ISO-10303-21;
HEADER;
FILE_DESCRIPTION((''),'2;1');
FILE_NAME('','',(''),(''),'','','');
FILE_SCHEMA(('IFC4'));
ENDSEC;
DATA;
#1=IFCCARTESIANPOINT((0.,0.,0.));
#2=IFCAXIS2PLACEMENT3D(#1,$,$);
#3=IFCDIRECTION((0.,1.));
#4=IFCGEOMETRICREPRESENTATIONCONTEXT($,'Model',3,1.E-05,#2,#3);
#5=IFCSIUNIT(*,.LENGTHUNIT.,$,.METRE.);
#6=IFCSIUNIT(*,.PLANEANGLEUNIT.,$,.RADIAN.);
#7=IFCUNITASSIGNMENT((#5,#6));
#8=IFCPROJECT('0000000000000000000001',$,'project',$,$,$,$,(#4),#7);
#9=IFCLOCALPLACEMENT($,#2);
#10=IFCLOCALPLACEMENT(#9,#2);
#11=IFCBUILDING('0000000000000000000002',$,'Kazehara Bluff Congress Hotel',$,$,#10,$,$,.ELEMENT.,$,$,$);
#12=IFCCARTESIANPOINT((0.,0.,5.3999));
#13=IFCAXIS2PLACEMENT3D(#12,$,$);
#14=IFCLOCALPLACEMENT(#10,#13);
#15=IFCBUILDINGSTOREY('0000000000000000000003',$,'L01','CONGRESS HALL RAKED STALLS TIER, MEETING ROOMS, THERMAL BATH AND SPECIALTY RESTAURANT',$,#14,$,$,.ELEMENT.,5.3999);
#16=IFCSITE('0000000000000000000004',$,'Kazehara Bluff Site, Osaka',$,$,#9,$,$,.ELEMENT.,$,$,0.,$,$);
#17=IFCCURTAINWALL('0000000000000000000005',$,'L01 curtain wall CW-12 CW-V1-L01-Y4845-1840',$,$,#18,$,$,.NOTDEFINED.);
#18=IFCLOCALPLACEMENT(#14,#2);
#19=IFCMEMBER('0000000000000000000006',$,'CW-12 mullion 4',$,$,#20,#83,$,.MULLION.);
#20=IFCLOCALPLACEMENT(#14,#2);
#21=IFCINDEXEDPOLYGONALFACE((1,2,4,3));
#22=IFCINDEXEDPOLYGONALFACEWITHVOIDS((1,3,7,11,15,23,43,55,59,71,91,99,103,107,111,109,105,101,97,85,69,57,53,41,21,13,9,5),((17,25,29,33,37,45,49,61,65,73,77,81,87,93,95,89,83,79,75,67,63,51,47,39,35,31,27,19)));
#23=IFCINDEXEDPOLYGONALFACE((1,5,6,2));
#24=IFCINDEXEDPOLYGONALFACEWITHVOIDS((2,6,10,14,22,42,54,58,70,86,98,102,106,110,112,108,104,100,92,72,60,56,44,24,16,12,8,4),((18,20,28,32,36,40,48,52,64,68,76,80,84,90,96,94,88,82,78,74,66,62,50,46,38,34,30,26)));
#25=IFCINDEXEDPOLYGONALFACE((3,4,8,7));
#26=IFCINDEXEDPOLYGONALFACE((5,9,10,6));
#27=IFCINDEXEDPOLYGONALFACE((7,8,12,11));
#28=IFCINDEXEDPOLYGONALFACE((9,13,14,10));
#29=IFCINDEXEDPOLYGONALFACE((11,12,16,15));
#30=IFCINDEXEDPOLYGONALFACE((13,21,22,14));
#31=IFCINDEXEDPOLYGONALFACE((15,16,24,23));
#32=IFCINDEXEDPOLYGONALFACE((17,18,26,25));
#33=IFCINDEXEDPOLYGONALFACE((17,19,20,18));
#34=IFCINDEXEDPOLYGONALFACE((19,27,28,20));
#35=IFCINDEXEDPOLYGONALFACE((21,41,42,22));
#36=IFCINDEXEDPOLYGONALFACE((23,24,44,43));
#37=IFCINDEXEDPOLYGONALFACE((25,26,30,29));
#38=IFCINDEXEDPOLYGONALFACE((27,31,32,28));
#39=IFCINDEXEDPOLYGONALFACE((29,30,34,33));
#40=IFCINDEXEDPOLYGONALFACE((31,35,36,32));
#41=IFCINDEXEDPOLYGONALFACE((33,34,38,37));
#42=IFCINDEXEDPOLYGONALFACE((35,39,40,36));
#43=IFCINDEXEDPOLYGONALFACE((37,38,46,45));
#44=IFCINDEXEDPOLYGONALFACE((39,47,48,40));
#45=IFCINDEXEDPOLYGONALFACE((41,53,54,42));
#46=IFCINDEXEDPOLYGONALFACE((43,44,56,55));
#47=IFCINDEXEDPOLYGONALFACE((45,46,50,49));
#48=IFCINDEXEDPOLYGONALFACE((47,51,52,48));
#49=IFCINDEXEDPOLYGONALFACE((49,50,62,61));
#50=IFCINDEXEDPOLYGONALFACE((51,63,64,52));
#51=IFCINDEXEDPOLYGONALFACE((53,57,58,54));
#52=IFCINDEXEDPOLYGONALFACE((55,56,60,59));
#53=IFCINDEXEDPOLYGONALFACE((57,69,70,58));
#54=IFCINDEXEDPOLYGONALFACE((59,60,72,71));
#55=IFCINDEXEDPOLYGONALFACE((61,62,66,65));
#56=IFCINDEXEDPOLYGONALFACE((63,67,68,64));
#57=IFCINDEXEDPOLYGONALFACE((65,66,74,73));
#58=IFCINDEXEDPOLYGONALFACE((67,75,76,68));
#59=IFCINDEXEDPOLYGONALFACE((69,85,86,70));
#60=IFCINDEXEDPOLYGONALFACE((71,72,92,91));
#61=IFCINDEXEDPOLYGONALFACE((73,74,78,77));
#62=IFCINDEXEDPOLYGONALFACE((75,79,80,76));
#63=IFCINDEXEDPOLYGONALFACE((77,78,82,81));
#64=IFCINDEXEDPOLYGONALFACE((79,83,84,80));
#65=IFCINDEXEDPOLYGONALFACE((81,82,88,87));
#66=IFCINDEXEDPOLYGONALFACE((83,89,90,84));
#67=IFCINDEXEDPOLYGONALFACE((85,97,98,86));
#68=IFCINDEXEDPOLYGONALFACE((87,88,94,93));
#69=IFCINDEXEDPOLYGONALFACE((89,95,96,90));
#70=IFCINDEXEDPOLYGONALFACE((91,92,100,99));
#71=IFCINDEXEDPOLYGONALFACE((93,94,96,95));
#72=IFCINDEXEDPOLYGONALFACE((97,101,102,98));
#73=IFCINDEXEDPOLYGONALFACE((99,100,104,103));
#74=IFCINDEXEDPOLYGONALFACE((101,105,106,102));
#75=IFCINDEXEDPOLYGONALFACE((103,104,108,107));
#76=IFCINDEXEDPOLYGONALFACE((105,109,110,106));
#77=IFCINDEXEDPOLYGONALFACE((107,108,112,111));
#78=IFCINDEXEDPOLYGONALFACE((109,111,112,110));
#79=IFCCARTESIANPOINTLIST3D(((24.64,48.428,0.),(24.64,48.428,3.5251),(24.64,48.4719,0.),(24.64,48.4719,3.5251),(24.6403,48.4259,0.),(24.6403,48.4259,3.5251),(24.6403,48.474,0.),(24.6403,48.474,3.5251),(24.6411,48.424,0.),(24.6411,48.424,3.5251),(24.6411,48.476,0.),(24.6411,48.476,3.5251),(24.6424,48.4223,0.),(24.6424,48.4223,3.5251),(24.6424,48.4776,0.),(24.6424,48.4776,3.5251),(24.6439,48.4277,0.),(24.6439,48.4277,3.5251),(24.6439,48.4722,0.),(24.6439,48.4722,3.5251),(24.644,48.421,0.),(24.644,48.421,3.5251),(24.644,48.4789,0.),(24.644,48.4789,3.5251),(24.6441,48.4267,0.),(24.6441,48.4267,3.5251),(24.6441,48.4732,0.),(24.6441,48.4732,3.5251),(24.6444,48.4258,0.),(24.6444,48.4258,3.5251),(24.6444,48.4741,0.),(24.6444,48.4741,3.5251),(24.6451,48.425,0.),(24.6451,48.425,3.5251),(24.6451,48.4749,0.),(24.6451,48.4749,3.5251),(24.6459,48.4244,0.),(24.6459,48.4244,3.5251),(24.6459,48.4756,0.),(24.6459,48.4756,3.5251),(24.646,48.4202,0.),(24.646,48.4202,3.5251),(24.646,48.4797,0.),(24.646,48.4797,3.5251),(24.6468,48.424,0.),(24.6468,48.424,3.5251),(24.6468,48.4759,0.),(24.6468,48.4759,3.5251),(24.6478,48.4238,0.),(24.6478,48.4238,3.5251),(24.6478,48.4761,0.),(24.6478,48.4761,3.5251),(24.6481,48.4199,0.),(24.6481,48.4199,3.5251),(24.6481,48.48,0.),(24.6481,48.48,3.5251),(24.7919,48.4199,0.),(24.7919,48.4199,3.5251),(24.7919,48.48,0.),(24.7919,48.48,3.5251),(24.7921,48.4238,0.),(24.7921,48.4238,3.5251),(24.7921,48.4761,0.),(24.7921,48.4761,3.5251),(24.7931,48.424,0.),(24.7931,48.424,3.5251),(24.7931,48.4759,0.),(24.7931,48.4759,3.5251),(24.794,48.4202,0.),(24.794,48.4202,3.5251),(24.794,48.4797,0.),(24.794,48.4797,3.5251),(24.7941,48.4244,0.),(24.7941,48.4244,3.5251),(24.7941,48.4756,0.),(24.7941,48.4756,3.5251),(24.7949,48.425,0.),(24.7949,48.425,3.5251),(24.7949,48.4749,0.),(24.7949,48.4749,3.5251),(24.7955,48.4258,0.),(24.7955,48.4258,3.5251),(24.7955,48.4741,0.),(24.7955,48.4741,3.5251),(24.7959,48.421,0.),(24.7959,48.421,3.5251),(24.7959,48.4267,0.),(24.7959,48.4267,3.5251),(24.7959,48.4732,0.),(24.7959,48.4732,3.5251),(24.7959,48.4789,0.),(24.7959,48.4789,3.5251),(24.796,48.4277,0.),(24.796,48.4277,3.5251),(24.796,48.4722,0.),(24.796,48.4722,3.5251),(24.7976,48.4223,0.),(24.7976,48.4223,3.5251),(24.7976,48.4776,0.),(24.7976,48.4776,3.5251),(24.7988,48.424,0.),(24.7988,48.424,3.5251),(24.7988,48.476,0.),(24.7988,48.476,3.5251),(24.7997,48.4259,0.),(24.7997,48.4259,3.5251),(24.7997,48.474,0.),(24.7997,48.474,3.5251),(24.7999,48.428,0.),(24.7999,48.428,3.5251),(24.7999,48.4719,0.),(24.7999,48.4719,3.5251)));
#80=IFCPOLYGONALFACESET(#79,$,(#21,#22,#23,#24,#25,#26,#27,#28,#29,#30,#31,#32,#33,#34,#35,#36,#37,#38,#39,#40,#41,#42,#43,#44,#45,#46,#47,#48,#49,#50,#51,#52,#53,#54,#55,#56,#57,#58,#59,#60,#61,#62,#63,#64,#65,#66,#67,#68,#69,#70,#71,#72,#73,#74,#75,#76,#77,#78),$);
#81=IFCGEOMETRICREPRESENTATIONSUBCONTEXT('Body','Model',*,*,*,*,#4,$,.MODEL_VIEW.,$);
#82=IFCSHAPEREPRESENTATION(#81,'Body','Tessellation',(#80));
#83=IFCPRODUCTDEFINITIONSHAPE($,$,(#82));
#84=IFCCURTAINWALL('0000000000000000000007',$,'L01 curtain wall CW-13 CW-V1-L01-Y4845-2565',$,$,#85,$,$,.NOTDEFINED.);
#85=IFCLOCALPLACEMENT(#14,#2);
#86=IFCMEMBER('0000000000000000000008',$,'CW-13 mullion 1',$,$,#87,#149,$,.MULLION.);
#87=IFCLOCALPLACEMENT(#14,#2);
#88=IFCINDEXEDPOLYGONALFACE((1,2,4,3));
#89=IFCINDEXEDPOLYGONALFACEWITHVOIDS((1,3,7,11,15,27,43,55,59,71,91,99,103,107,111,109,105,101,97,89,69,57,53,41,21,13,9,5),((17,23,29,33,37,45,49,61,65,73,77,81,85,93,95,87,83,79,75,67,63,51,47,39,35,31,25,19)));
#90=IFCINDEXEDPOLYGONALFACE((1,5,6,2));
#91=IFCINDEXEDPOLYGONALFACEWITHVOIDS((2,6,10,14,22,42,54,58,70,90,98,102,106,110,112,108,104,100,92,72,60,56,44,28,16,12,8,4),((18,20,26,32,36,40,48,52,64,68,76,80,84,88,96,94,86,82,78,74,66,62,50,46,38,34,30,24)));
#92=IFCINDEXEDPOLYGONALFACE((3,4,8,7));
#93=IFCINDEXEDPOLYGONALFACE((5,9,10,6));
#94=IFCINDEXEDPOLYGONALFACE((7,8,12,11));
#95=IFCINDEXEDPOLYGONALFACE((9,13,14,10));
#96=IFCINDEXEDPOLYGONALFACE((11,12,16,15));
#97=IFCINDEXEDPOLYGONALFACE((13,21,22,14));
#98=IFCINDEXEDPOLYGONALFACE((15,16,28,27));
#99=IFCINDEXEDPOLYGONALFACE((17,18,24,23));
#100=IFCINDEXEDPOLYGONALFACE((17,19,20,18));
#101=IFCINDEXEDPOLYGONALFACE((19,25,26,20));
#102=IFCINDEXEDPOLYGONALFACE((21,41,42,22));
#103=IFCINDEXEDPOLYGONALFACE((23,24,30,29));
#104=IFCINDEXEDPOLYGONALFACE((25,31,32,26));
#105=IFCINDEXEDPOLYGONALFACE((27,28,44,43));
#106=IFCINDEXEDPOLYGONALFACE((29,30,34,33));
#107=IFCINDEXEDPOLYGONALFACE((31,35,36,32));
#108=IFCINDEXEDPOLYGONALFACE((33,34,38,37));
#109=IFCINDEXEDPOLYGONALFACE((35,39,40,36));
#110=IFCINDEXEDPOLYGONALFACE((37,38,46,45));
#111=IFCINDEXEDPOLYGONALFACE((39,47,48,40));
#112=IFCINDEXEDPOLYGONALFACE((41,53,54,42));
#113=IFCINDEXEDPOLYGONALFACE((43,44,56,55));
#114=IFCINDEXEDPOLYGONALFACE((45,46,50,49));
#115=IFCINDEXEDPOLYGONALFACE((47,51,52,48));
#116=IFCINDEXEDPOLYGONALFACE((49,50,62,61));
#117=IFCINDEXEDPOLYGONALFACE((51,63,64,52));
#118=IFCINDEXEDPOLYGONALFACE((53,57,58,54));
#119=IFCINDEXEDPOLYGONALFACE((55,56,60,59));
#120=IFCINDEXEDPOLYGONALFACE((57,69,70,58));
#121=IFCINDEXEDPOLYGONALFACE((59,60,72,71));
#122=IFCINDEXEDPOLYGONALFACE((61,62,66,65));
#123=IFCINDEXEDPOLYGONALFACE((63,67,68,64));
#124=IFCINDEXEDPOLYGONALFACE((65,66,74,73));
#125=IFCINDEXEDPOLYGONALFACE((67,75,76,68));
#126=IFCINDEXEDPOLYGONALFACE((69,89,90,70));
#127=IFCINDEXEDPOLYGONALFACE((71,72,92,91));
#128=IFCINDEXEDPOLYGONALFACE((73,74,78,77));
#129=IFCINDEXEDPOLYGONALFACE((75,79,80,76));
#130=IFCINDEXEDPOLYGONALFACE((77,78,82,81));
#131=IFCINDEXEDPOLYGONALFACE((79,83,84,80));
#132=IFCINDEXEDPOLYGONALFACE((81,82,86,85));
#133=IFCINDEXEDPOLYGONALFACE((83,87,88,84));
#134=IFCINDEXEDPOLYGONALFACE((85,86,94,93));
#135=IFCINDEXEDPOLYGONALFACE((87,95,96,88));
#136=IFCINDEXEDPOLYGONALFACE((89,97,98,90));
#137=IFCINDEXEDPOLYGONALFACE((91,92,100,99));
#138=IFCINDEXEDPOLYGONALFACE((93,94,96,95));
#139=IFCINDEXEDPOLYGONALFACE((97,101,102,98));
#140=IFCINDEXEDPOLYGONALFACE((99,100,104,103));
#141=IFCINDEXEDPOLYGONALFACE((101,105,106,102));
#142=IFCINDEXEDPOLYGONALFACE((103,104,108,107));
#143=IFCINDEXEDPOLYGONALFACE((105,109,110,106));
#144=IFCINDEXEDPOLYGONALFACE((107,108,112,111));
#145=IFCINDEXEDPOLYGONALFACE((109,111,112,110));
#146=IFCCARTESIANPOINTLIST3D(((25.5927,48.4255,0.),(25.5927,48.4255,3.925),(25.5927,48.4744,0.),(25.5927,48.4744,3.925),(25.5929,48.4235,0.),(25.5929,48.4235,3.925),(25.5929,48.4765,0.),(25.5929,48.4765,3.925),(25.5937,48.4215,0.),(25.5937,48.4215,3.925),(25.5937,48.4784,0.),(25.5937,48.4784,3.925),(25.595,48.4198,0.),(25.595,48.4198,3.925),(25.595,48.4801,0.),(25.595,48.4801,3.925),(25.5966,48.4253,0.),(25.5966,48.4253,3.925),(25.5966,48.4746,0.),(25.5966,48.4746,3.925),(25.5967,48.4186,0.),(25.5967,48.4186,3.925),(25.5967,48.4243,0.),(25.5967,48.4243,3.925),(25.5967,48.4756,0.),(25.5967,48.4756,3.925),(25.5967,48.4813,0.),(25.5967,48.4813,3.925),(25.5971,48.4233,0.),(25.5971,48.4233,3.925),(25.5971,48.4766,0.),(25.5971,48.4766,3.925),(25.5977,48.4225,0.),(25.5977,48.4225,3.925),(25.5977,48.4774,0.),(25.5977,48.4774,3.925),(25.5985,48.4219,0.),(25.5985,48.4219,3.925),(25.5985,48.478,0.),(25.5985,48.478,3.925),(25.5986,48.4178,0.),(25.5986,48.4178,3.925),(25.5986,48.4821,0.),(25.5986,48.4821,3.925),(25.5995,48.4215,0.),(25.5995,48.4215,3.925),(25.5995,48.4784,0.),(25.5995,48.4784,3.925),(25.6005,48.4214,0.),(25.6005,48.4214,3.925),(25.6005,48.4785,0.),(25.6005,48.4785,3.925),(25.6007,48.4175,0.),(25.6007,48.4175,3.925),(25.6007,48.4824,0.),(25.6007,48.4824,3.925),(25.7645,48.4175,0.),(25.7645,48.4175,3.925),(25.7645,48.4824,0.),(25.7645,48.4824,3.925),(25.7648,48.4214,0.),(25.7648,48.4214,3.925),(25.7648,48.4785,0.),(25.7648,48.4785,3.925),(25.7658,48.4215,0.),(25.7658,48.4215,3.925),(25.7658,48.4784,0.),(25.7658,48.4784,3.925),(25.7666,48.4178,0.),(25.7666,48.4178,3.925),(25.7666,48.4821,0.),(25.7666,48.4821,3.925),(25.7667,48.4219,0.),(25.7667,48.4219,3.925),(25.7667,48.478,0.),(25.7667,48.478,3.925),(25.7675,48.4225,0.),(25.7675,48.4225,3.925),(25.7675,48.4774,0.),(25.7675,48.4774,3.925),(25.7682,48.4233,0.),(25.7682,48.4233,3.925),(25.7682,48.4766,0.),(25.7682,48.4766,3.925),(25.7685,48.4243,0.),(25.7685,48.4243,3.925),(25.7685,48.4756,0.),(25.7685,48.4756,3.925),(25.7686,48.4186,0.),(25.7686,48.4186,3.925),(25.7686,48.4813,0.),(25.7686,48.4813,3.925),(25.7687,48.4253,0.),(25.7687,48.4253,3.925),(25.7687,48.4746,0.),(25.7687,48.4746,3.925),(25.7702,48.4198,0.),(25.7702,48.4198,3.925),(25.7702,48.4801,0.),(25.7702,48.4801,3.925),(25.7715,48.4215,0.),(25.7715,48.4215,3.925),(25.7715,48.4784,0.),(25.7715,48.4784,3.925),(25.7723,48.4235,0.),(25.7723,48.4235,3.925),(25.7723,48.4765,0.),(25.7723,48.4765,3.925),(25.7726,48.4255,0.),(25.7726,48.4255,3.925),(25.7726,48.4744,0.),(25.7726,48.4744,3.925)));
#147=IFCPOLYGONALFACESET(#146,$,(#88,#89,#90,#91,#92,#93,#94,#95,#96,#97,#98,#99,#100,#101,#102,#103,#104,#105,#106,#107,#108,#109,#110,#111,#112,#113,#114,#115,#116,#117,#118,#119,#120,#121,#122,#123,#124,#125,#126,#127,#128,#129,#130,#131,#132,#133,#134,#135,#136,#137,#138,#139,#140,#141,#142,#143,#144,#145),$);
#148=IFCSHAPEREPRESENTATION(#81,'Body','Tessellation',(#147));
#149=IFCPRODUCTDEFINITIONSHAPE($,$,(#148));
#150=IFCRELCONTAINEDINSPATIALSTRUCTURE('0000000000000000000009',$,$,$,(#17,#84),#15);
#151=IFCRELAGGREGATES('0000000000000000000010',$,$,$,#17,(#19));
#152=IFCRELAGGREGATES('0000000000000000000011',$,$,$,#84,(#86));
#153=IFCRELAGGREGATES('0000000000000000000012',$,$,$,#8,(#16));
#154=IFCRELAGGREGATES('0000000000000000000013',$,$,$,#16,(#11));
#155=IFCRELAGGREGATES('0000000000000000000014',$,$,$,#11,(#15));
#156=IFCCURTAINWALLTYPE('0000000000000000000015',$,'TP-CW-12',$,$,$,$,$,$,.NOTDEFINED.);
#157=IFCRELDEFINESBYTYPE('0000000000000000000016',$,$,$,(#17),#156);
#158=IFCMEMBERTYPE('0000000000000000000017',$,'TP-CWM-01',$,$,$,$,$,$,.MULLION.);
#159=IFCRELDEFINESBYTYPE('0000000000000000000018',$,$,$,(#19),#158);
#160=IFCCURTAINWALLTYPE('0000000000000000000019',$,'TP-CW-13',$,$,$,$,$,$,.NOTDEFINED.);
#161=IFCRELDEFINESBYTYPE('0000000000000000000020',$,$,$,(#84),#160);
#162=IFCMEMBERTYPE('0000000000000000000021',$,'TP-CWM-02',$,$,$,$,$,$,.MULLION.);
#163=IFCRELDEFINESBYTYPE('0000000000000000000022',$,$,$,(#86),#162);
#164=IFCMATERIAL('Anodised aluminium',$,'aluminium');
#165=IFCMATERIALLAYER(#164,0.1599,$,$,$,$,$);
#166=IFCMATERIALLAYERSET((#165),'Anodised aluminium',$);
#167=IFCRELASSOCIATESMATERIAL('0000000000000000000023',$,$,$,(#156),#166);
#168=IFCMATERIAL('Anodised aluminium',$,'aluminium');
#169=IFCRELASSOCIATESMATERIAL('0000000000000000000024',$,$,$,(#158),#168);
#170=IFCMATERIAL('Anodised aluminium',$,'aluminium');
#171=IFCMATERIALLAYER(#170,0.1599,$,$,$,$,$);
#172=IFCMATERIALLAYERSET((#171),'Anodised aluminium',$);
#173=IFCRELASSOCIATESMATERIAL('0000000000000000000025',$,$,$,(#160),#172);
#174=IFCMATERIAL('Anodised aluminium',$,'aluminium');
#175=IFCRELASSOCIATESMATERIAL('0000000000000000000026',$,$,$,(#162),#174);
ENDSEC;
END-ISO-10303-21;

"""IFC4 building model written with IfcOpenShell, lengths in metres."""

from ifc_helpers import new_model, si_unit, direction, frame, origin, origin_2d, place, context, subcontext, project, spatial, hollow_rectangle, extrude, material, layer, layer_set, material_profile, profile_set, type_object, element, aggregate, save


model = new_model("IFC4")

# Units and contexts
model_context = context("Model", 3, precision=1e-05, world=origin(), true_north=direction((0.0, 1.0)))
body_context = subcontext(model_context, "Body", "Model", "MODEL_VIEW")
ifc_project = project(units=[si_unit("LENGTHUNIT", "METRE"), si_unit("PLANEANGLEUNIT", "RADIAN")], contexts=[model_context])

# Site, building, storey
site_placement = place(None, origin())
site = spatial("IfcSite", under=ifc_project, at=site_placement, Name="Kazehara Bluff Site, Osaka", CompositionType="ELEMENT", RefElevation=0.0)
building_placement = place(site_placement, origin())
building = spatial("IfcBuilding", under=site, at=building_placement, Name="Kazehara Bluff Congress Hotel", CompositionType="ELEMENT")
storey_placement = place(building_placement, frame((0.0, 0.0, 5.3999)))
storey = spatial("IfcBuildingStorey", under=building, at=storey_placement, Name="L01", Description="CONGRESS HALL RAKED STALLS TIER, MEETING ROOMS, THERMAL BATH AND SPECIALTY RESTAURANT", CompositionType="ELEMENT", Elevation=5.3999)

# Curtain walls, members
ifc_material_1 = material(Name="Anodised aluminium", Category="aluminium")
ifc_layer_1 = layer(ifc_material_1, 0.1599)
ifc_layer_set_1 = layer_set([ifc_layer_1], Name="Anodised aluminium")
curtain_wall_type_1 = type_object("IfcCurtainWallType", Name="TP-CW-12", PredefinedType="NOTDEFINED", material=ifc_layer_set_1)
curtain_wall_1_placement = place(storey_placement, origin())
curtain_wall_1 = element("IfcCurtainWall", 1, at=curtain_wall_1_placement, inside=storey, type_object=curtain_wall_type_1, Name="L01 curtain wall CW-12 CW-V1-L01-Y4845-1840", PredefinedType="NOTDEFINED")
ifc_material_2 = material(Name="Anodised aluminium", Category="aluminium")
ifc_material_profile_1 = material_profile(ifc_material_2, hollow_rectangle(XDim=0.0601, YDim=0.1599, WallThickness=0.0039, InnerFilletRadius=0.0039, OuterFilletRadius=0.0081, at=origin_2d()))
ifc_profile_set_1 = profile_set([ifc_material_profile_1], Name="Anodised aluminium")
member_type_1 = type_object("IfcMemberType", Name="TP-CWM-01", PredefinedType="MULLION", material=ifc_profile_set_1)
member_1_placement = place(storey_placement, frame((24.72, 48.45, 0.0), z_axis=(0.0, 0.0, 1.0), x_axis=(0.0, 1.0, 0.0)))
member_1 = element("IfcMember", 2, at=member_1_placement, type_object=member_type_1, Name="CW-12 mullion 4", PredefinedType="MULLION", context=body_context, shape_type="SweptSolid", body=[
    extrude(hollow_rectangle(XDim=0.0601, YDim=0.1599, WallThickness=0.0039, InnerFilletRadius=0.0039, OuterFilletRadius=0.0081, at=origin_2d()), origin(), (0.0, 0.0, 1.0), 3.5251),
])
ifc_material_3 = material(Name="Anodised aluminium", Category="aluminium")
ifc_layer_2 = layer(ifc_material_3, 0.1599)
ifc_layer_set_2 = layer_set([ifc_layer_2], Name="Anodised aluminium")
curtain_wall_type_2 = type_object("IfcCurtainWallType", Name="TP-CW-13", PredefinedType="NOTDEFINED", material=ifc_layer_set_2)
curtain_wall_2_placement = place(storey_placement, origin())
curtain_wall_2 = element("IfcCurtainWall", 3, at=curtain_wall_2_placement, inside=storey, type_object=curtain_wall_type_2, Name="L01 curtain wall CW-13 CW-V1-L01-Y4845-2565", PredefinedType="NOTDEFINED")
ifc_material_4 = material(Name="Anodised aluminium", Category="aluminium")
ifc_material_profile_2 = material_profile(ifc_material_4, hollow_rectangle(XDim=0.0649, YDim=0.1799, WallThickness=0.0039, InnerFilletRadius=0.0039, OuterFilletRadius=0.0081, at=origin_2d()))
ifc_profile_set_2 = profile_set([ifc_material_profile_2], Name="Anodised aluminium")
member_type_2 = type_object("IfcMemberType", Name="TP-CWM-02", PredefinedType="MULLION", material=ifc_profile_set_2)
member_2_placement = place(storey_placement, frame((25.6826, 48.45, 0.0), z_axis=(0.0, 0.0, 1.0), x_axis=(0.0, 1.0, 0.0)))
member_2 = element("IfcMember", 4, at=member_2_placement, type_object=member_type_2, Name="CW-13 mullion 1", PredefinedType="MULLION", context=body_context, shape_type="SweptSolid", body=[
    extrude(hollow_rectangle(XDim=0.0649, YDim=0.1799, WallThickness=0.0039, InnerFilletRadius=0.0039, OuterFilletRadius=0.0081, at=origin_2d()), origin(), (0.0, 0.0, 1.0), 3.925),
])

aggregate(curtain_wall_1, [member_1])
aggregate(curtain_wall_2, [member_2])

save(model, "model.ifc")
